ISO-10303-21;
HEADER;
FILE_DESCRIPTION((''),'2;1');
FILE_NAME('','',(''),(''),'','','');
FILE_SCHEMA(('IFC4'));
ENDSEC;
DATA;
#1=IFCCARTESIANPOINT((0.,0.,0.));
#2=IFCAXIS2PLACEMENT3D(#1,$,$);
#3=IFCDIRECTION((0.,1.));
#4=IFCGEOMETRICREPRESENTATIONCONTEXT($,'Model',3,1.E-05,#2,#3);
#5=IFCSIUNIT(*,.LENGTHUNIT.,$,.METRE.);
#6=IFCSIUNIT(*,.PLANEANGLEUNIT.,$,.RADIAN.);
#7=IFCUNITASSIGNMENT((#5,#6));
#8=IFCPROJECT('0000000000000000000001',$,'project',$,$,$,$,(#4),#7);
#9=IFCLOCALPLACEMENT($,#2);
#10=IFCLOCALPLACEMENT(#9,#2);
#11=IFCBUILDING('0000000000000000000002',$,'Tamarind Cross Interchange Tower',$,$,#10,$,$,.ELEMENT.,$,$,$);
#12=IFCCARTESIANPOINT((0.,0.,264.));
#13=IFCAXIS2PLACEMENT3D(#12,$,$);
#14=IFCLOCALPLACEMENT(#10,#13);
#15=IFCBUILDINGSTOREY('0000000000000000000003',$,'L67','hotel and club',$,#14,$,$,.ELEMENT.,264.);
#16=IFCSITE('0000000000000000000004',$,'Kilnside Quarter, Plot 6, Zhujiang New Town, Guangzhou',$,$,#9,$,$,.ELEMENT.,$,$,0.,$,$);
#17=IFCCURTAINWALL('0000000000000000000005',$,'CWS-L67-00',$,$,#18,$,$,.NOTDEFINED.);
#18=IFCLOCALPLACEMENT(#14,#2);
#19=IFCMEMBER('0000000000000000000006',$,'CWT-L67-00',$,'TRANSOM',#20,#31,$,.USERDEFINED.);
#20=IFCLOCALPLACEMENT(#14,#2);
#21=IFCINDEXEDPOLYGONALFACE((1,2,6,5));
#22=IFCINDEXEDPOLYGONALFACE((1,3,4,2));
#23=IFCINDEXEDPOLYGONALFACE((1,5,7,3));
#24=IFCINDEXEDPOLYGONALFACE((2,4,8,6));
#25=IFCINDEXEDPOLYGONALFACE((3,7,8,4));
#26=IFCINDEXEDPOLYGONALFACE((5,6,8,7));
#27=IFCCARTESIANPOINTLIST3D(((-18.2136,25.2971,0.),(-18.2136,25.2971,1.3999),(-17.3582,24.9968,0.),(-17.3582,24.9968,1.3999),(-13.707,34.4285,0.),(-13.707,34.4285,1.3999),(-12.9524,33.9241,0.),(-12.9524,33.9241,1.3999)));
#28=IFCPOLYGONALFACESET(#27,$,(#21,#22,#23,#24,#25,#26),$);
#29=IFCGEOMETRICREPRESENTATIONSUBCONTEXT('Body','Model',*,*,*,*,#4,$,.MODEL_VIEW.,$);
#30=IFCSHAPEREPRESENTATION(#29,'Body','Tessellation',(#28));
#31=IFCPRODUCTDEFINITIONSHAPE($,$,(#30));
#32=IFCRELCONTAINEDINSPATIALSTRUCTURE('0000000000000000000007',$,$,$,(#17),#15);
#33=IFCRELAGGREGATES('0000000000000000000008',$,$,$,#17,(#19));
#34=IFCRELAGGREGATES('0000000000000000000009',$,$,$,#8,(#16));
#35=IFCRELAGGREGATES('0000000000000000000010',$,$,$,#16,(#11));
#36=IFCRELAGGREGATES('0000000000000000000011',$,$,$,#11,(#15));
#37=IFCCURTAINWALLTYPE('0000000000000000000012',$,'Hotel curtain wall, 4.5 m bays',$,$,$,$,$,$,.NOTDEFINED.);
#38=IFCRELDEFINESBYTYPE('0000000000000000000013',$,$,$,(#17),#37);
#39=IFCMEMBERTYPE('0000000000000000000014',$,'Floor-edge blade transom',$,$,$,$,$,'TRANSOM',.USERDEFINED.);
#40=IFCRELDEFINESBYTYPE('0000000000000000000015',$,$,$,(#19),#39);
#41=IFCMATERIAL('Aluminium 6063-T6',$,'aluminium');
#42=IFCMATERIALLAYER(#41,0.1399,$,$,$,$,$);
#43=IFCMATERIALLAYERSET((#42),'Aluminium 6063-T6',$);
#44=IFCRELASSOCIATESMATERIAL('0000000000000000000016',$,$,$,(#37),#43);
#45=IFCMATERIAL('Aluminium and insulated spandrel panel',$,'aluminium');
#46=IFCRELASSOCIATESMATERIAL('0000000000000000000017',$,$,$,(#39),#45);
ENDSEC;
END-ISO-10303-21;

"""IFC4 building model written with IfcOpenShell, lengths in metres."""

from ifc_helpers import new_model, si_unit, direction, frame, origin, place, context, subcontext, project, spatial, polyline, outline, extrude, material, layer, layer_set, type_object, element, aggregate, save


model = new_model("IFC4")

# Units and contexts
model_context = context("Model", 3, precision=1e-05, world=origin(), true_north=direction((0.0, 1.0)))
body_context = subcontext(model_context, "Body", "Model", "MODEL_VIEW")
ifc_project = project(units=[si_unit("LENGTHUNIT", "METRE"), si_unit("PLANEANGLEUNIT", "RADIAN")], contexts=[model_context])

# Site, building, storey
site_placement = place(None, origin())
site = spatial("IfcSite", under=ifc_project, at=site_placement, Name="Kilnside Quarter, Plot 6, Zhujiang New Town, Guangzhou", CompositionType="ELEMENT", RefElevation=0.0)
building_placement = place(site_placement, origin())
building = spatial("IfcBuilding", under=site, at=building_placement, Name="Tamarind Cross Interchange Tower", CompositionType="ELEMENT")
storey_placement = place(building_placement, frame((0.0, 0.0, 264.0)))
storey = spatial("IfcBuildingStorey", under=building, at=storey_placement, Name="L67", Description="hotel and club", CompositionType="ELEMENT", Elevation=264.0)

# Curtain wall, member
ifc_material_1 = material(Name="Aluminium 6063-T6", Category="aluminium")
ifc_layer_1 = layer(ifc_material_1, 0.1399)
ifc_layer_set_1 = layer_set([ifc_layer_1], Name="Aluminium 6063-T6")
curtain_wall_type = type_object("IfcCurtainWallType", Name="Hotel curtain wall, 4.5 m bays", PredefinedType="NOTDEFINED", material=ifc_layer_set_1)
curtain_wall_1_placement = place(storey_placement, origin())
curtain_wall_1 = element("IfcCurtainWall", 1, at=curtain_wall_1_placement, inside=storey, type_object=curtain_wall_type, Name="CWS-L67-00", PredefinedType="NOTDEFINED")
ifc_material_2 = material(Name="Aluminium and insulated spandrel panel", Category="aluminium")
member_type = type_object("IfcMemberType", Name="Floor-edge blade transom", ElementType="TRANSOM", PredefinedType="USERDEFINED", material=ifc_material_2)
member_placement = place(storey_placement, origin())
member = element("IfcMember", 2, at=member_placement, type_object=member_type, Name="CWT-L67-00", ObjectType="TRANSOM", PredefinedType="USERDEFINED", context=body_context, shape_type="SweptSolid", body=[
    extrude(outline(polyline([(-12.9524, 33.9241), (-17.3582, 24.9968), (-18.2136, 25.2971), (-13.707, 34.4285), (-12.9524, 33.9241)])), origin(), (0.0, 0.0, 1.0), 1.3999),
])

aggregate(curtain_wall_1, [member])

save(model, "model.ifc")
